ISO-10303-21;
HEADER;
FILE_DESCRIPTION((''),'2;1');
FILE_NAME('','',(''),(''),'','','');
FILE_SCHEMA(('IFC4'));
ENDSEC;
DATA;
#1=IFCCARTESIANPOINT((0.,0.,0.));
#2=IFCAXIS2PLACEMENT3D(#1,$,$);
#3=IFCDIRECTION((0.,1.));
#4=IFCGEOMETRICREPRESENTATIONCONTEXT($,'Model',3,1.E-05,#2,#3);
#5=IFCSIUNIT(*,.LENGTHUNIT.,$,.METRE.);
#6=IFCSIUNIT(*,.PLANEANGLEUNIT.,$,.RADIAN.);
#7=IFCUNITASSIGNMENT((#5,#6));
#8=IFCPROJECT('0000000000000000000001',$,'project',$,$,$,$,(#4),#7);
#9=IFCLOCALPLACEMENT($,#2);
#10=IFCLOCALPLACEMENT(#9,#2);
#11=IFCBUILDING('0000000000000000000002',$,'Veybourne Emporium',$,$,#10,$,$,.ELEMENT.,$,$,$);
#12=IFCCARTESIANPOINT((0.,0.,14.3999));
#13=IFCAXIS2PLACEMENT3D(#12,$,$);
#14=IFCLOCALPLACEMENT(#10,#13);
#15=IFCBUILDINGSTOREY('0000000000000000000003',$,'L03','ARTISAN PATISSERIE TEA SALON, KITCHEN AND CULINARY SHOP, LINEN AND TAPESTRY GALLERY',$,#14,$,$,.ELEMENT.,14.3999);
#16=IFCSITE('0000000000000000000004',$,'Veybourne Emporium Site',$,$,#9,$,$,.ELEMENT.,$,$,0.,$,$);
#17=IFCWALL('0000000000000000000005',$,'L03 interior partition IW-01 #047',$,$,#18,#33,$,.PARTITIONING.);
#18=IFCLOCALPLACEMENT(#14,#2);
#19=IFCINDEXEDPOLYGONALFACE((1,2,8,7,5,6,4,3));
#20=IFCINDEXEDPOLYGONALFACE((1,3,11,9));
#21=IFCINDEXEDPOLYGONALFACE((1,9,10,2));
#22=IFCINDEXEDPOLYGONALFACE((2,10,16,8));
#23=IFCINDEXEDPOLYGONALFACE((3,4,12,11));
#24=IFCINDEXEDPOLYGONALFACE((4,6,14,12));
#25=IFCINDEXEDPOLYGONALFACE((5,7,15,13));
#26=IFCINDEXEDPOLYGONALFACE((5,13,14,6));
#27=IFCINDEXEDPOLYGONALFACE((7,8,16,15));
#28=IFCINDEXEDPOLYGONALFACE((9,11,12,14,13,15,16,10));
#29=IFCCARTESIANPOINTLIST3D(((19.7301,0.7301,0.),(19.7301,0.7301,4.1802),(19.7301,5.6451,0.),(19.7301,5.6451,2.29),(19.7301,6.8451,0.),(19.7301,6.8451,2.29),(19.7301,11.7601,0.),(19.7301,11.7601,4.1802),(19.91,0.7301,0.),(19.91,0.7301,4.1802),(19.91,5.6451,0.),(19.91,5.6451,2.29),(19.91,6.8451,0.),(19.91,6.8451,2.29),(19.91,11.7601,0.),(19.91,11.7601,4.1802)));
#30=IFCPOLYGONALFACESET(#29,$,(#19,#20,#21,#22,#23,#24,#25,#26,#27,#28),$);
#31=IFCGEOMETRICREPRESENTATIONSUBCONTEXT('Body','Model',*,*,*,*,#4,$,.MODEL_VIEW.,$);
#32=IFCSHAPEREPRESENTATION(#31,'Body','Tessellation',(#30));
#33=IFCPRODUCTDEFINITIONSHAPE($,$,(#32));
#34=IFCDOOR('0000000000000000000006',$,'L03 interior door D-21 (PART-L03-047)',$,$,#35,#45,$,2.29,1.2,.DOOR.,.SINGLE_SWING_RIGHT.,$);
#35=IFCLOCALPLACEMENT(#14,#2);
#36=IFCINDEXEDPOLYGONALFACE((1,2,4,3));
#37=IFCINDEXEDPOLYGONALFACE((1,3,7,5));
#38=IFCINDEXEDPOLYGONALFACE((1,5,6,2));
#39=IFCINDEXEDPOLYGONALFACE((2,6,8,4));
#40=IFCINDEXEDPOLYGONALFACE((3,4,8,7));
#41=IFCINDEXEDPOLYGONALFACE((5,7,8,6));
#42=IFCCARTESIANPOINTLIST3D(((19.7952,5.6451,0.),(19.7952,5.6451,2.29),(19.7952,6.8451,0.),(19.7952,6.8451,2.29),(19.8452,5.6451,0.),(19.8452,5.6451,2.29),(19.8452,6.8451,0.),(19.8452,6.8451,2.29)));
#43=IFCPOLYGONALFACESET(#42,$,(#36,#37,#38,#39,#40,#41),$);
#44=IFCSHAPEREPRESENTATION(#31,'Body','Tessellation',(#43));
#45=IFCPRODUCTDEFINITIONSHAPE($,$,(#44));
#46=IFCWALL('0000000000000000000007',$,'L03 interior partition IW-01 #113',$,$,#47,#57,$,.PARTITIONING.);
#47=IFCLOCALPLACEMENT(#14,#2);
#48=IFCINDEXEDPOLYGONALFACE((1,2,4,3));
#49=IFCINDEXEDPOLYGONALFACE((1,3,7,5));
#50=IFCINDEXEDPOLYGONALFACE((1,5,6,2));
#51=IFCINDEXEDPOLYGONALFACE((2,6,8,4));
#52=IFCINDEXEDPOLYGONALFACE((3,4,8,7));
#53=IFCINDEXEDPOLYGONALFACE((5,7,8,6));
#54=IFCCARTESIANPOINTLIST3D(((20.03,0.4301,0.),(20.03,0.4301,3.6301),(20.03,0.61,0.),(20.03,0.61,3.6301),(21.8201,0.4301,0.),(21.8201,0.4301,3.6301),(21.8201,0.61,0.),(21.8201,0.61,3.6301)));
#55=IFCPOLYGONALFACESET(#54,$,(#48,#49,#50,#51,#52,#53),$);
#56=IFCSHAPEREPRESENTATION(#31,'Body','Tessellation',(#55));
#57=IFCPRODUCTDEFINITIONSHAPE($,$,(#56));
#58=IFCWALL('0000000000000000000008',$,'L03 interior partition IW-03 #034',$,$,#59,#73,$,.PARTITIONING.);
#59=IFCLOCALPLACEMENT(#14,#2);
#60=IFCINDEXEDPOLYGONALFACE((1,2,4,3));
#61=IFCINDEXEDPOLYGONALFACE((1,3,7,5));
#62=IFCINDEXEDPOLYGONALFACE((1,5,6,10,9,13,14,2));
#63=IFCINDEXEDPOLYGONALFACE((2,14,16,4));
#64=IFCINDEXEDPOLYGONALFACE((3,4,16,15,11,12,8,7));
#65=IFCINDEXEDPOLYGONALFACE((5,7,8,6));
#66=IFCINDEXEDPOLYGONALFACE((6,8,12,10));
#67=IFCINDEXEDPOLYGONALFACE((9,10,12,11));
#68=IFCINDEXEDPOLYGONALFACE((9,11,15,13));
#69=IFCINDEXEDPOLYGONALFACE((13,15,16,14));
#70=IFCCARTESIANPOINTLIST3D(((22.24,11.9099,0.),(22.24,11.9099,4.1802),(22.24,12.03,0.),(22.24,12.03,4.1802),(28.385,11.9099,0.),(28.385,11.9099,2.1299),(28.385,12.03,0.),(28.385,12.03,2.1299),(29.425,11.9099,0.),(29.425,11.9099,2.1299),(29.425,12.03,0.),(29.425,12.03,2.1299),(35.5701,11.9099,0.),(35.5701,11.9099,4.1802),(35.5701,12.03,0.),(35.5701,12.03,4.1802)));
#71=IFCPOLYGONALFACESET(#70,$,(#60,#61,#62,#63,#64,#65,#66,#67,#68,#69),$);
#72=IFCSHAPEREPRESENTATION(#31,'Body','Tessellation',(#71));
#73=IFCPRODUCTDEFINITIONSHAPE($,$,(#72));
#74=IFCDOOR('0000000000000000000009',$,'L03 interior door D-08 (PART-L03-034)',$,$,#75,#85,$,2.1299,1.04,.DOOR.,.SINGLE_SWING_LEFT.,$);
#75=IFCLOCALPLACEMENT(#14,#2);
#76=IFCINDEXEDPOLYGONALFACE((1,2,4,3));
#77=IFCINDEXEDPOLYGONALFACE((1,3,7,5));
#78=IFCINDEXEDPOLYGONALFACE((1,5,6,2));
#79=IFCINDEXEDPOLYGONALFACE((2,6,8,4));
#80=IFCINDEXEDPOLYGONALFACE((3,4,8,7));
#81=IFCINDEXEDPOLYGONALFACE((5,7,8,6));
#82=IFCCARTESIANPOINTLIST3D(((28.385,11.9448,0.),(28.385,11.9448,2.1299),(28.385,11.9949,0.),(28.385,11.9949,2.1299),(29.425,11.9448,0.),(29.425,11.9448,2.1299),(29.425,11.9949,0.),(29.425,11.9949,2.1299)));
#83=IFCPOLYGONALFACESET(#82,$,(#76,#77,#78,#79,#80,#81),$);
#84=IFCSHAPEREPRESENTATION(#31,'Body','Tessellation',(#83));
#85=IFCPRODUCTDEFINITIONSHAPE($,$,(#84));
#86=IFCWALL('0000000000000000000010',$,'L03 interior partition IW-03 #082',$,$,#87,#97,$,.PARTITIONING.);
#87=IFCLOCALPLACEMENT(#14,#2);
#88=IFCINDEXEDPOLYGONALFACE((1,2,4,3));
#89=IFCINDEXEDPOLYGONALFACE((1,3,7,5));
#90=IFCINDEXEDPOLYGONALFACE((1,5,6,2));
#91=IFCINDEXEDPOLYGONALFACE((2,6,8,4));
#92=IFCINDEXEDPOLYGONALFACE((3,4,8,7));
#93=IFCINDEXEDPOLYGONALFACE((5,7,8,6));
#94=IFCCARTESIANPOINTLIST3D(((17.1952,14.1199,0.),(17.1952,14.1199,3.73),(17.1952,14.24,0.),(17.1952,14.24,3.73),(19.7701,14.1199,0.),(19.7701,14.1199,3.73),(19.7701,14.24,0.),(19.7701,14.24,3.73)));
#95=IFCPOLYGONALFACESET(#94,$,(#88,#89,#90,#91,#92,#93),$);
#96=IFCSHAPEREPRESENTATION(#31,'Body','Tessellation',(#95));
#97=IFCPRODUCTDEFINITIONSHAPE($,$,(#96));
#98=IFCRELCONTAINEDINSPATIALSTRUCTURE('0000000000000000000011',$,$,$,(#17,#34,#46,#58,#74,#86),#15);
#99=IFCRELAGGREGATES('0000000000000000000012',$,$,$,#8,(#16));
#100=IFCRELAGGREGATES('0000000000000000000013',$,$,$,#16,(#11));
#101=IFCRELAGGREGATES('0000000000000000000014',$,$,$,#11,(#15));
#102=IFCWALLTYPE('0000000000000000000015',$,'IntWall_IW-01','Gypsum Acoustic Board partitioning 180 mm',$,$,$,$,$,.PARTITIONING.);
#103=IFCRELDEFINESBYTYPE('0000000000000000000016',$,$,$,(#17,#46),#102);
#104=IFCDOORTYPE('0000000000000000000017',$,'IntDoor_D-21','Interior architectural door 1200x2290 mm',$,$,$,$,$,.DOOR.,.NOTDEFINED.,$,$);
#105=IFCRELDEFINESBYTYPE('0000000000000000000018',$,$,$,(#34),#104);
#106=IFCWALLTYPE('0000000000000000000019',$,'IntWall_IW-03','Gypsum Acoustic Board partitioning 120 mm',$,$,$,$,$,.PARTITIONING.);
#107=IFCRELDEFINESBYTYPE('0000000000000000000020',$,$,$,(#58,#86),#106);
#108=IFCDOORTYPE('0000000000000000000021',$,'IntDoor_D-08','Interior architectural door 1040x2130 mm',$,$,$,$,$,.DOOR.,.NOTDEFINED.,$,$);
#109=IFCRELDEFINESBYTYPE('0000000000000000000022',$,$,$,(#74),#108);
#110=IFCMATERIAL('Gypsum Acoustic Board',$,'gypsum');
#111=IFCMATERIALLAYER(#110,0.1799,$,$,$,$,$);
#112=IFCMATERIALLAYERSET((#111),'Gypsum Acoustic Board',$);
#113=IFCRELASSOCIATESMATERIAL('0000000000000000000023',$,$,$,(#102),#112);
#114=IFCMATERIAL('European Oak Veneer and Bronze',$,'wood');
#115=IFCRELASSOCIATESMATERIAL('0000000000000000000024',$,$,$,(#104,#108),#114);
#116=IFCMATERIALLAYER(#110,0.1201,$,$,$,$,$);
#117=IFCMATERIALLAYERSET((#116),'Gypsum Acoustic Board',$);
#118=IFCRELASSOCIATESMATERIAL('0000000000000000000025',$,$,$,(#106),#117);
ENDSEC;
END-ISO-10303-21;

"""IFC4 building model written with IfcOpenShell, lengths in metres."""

from ifc_helpers import new_model, si_unit, direction, frame, frame_2d, origin, place, context, subcontext, project, spatial, rectangle, extrude, material, layer, layer_set, type_object, element, fill, save


model = new_model("IFC4")

# Units and contexts
model_context = context("Model", 3, precision=1e-05, world=origin(), true_north=direction((0.0, 1.0)))
body_context = subcontext(model_context, "Body", "Model", "MODEL_VIEW")
ifc_project = project(units=[si_unit("LENGTHUNIT", "METRE"), si_unit("PLANEANGLEUNIT", "RADIAN")], contexts=[model_context])

# Site, building, storey
site_placement = place(None, origin())
site = spatial("IfcSite", under=ifc_project, at=site_placement, Name="Veybourne Emporium Site", CompositionType="ELEMENT", RefElevation=0.0)
building_placement = place(site_placement, origin())
building = spatial("IfcBuilding", under=site, at=building_placement, Name="Veybourne Emporium", CompositionType="ELEMENT")
storey_placement = place(building_placement, frame((0.0, 0.0, 14.3999)))
storey = spatial("IfcBuildingStorey", under=building, at=storey_placement, Name="L03", Description="ARTISAN PATISSERIE TEA SALON, KITCHEN AND CULINARY SHOP, LINEN AND TAPESTRY GALLERY", CompositionType="ELEMENT", Elevation=14.3999)

# Shared definitions
ifc_material_1 = material(Name="Gypsum Acoustic Board", Category="gypsum")
ifc_layer_1 = layer(ifc_material_1, 0.1799)
ifc_layer_set_1 = layer_set([ifc_layer_1], Name="Gypsum Acoustic Board")
wall_type_1 = type_object("IfcWallType", Name="IntWall_IW-01", Description="Gypsum Acoustic Board partitioning 180 mm", PredefinedType="PARTITIONING", material=ifc_layer_set_1)

# Wall, opening, door
ifc_material_2 = material(Name="European Oak Veneer and Bronze", Category="wood")
wall_1_placement = place(storey_placement, frame((19.8201, 0.73, 0.0), z_axis=(0.0, 0.0, 1.0), x_axis=(0.0, 1.0, 0.0)))
wall_1 = element("IfcWall", 1, at=wall_1_placement, inside=storey, type_object=wall_type_1, Name="L03 interior partition IW-01 #047", PredefinedType="PARTITIONING", context=body_context, shape_type="SweptSolid", body=[
    extrude(rectangle(XDim=11.03, YDim=0.1799, at=frame_2d((5.5151, 0.0))), origin(), (0.0, 0.0, 1.0), 4.1802),
])
opening_1_placement = place(wall_1_placement, frame((4.915, 0.0, 0.0)))
opening_1 = element("IfcOpeningElement", 2, at=opening_1_placement, cuts=wall_1, PredefinedType="OPENING", context=body_context, shape_type="SweptSolid", body=[
    extrude(rectangle(XDim=1.2, YDim=2.29, at=frame_2d((0.6001, 1.145))), frame((0.0, 0.1099, 0.0), z_axis=(0.0, -1.0, 0.0), x_axis=(1.0, 0.0, 0.0)), (0.0, 0.0, 1.0), 0.22),
])
door_type_1 = type_object("IfcDoorType", Name="IntDoor_D-21", Description="Interior architectural door 1200x2290 mm", OperationType="NOTDEFINED", PredefinedType="DOOR", material=ifc_material_2)
door_1_placement = place(opening_1_placement, origin())
door_1 = element("IfcDoor", 3, at=door_1_placement, inside=storey, type_object=door_type_1, Name="L03 interior door D-21 (PART-L03-047)", OperationType="SINGLE_SWING_RIGHT", OverallHeight=2.29, OverallWidth=1.2, PredefinedType="DOOR", context=body_context, shape_type="SweptSolid", body=[
    extrude(rectangle(XDim=1.2, YDim=2.29, at=frame_2d((0.6001, 1.145))), frame((0.0, 0.0249, 0.0), z_axis=(0.0, -1.0, 0.0), x_axis=(1.0, 0.0, 0.0)), (0.0, 0.0, 1.0), 0.05),
])
fill(opening_1, door_1)

# Wall
wall_2_placement = place(storey_placement, frame((20.03, 0.52, 0.0), z_axis=(0.0, 0.0, 1.0), x_axis=(1.0, 0.0, 0.0)))
element("IfcWall", 4, at=wall_2_placement, inside=storey, type_object=wall_type_1, Name="L03 interior partition IW-01 #113", PredefinedType="PARTITIONING", context=body_context, shape_type="SweptSolid", body=[
    extrude(rectangle(XDim=1.79, YDim=0.1799, at=frame_2d((0.895, 0.0))), origin(), (0.0, 0.0, 1.0), 3.6301),
])

# Wall, opening, door
ifc_layer_2 = layer(ifc_material_1, 0.1201)
ifc_layer_set_2 = layer_set([ifc_layer_2], Name="Gypsum Acoustic Board")
wall_type_2 = type_object("IfcWallType", Name="IntWall_IW-03", Description="Gypsum Acoustic Board partitioning 120 mm", PredefinedType="PARTITIONING", material=ifc_layer_set_2)
wall_3_placement = place(storey_placement, frame((22.24, 11.97, 0.0), z_axis=(0.0, 0.0, 1.0), x_axis=(1.0, 0.0, 0.0)))
wall_3 = element("IfcWall", 5, at=wall_3_placement, inside=storey, type_object=wall_type_2, Name="L03 interior partition IW-03 #034", PredefinedType="PARTITIONING", context=body_context, shape_type="SweptSolid", body=[
    extrude(rectangle(XDim=13.3301, YDim=0.1201, at=frame_2d((6.665, 0.0))), origin(), (0.0, 0.0, 1.0), 4.1802),
])
opening_2_placement = place(wall_3_placement, frame((6.145, 0.0, 0.0)))
opening_2 = element("IfcOpeningElement", 6, at=opening_2_placement, cuts=wall_3, PredefinedType="OPENING", context=body_context, shape_type="SweptSolid", body=[
    extrude(rectangle(XDim=1.04, YDim=2.1299, at=frame_2d((0.52, 1.0649))), frame((0.0, 0.0801, 0.0), z_axis=(0.0, -1.0, 0.0), x_axis=(1.0, 0.0, 0.0)), (0.0, 0.0, 1.0), 0.1602),
])
door_type_2 = type_object("IfcDoorType", Name="IntDoor_D-08", Description="Interior architectural door 1040x2130 mm", OperationType="NOTDEFINED", PredefinedType="DOOR", material=ifc_material_2)
door_2_placement = place(opening_2_placement, origin())
door_2 = element("IfcDoor", 7, at=door_2_placement, inside=storey, type_object=door_type_2, Name="L03 interior door D-08 (PART-L03-034)", OperationType="SINGLE_SWING_LEFT", OverallHeight=2.1299, OverallWidth=1.04, PredefinedType="DOOR", context=body_context, shape_type="SweptSolid", body=[
    extrude(rectangle(XDim=1.04, YDim=2.1299, at=frame_2d((0.52, 1.0649))), frame((0.0, 0.0249, 0.0), z_axis=(0.0, -1.0, 0.0), x_axis=(1.0, 0.0, 0.0)), (0.0, 0.0, 1.0), 0.05),
])
fill(opening_2, door_2)

# Wall
wall_4_placement = place(storey_placement, frame((17.1951, 14.1799, 0.0), z_axis=(0.0, 0.0, 1.0), x_axis=(1.0, 0.0, 0.0)))
element("IfcWall", 8, at=wall_4_placement, inside=storey, type_object=wall_type_2, Name="L03 interior partition IW-03 #082", PredefinedType="PARTITIONING", context=body_context, shape_type="SweptSolid", body=[
    extrude(rectangle(XDim=2.575, YDim=0.1201, at=frame_2d((1.2876, 0.0))), origin(), (0.0, 0.0, 1.0), 3.73),
])

save(model, "model.ifc")
